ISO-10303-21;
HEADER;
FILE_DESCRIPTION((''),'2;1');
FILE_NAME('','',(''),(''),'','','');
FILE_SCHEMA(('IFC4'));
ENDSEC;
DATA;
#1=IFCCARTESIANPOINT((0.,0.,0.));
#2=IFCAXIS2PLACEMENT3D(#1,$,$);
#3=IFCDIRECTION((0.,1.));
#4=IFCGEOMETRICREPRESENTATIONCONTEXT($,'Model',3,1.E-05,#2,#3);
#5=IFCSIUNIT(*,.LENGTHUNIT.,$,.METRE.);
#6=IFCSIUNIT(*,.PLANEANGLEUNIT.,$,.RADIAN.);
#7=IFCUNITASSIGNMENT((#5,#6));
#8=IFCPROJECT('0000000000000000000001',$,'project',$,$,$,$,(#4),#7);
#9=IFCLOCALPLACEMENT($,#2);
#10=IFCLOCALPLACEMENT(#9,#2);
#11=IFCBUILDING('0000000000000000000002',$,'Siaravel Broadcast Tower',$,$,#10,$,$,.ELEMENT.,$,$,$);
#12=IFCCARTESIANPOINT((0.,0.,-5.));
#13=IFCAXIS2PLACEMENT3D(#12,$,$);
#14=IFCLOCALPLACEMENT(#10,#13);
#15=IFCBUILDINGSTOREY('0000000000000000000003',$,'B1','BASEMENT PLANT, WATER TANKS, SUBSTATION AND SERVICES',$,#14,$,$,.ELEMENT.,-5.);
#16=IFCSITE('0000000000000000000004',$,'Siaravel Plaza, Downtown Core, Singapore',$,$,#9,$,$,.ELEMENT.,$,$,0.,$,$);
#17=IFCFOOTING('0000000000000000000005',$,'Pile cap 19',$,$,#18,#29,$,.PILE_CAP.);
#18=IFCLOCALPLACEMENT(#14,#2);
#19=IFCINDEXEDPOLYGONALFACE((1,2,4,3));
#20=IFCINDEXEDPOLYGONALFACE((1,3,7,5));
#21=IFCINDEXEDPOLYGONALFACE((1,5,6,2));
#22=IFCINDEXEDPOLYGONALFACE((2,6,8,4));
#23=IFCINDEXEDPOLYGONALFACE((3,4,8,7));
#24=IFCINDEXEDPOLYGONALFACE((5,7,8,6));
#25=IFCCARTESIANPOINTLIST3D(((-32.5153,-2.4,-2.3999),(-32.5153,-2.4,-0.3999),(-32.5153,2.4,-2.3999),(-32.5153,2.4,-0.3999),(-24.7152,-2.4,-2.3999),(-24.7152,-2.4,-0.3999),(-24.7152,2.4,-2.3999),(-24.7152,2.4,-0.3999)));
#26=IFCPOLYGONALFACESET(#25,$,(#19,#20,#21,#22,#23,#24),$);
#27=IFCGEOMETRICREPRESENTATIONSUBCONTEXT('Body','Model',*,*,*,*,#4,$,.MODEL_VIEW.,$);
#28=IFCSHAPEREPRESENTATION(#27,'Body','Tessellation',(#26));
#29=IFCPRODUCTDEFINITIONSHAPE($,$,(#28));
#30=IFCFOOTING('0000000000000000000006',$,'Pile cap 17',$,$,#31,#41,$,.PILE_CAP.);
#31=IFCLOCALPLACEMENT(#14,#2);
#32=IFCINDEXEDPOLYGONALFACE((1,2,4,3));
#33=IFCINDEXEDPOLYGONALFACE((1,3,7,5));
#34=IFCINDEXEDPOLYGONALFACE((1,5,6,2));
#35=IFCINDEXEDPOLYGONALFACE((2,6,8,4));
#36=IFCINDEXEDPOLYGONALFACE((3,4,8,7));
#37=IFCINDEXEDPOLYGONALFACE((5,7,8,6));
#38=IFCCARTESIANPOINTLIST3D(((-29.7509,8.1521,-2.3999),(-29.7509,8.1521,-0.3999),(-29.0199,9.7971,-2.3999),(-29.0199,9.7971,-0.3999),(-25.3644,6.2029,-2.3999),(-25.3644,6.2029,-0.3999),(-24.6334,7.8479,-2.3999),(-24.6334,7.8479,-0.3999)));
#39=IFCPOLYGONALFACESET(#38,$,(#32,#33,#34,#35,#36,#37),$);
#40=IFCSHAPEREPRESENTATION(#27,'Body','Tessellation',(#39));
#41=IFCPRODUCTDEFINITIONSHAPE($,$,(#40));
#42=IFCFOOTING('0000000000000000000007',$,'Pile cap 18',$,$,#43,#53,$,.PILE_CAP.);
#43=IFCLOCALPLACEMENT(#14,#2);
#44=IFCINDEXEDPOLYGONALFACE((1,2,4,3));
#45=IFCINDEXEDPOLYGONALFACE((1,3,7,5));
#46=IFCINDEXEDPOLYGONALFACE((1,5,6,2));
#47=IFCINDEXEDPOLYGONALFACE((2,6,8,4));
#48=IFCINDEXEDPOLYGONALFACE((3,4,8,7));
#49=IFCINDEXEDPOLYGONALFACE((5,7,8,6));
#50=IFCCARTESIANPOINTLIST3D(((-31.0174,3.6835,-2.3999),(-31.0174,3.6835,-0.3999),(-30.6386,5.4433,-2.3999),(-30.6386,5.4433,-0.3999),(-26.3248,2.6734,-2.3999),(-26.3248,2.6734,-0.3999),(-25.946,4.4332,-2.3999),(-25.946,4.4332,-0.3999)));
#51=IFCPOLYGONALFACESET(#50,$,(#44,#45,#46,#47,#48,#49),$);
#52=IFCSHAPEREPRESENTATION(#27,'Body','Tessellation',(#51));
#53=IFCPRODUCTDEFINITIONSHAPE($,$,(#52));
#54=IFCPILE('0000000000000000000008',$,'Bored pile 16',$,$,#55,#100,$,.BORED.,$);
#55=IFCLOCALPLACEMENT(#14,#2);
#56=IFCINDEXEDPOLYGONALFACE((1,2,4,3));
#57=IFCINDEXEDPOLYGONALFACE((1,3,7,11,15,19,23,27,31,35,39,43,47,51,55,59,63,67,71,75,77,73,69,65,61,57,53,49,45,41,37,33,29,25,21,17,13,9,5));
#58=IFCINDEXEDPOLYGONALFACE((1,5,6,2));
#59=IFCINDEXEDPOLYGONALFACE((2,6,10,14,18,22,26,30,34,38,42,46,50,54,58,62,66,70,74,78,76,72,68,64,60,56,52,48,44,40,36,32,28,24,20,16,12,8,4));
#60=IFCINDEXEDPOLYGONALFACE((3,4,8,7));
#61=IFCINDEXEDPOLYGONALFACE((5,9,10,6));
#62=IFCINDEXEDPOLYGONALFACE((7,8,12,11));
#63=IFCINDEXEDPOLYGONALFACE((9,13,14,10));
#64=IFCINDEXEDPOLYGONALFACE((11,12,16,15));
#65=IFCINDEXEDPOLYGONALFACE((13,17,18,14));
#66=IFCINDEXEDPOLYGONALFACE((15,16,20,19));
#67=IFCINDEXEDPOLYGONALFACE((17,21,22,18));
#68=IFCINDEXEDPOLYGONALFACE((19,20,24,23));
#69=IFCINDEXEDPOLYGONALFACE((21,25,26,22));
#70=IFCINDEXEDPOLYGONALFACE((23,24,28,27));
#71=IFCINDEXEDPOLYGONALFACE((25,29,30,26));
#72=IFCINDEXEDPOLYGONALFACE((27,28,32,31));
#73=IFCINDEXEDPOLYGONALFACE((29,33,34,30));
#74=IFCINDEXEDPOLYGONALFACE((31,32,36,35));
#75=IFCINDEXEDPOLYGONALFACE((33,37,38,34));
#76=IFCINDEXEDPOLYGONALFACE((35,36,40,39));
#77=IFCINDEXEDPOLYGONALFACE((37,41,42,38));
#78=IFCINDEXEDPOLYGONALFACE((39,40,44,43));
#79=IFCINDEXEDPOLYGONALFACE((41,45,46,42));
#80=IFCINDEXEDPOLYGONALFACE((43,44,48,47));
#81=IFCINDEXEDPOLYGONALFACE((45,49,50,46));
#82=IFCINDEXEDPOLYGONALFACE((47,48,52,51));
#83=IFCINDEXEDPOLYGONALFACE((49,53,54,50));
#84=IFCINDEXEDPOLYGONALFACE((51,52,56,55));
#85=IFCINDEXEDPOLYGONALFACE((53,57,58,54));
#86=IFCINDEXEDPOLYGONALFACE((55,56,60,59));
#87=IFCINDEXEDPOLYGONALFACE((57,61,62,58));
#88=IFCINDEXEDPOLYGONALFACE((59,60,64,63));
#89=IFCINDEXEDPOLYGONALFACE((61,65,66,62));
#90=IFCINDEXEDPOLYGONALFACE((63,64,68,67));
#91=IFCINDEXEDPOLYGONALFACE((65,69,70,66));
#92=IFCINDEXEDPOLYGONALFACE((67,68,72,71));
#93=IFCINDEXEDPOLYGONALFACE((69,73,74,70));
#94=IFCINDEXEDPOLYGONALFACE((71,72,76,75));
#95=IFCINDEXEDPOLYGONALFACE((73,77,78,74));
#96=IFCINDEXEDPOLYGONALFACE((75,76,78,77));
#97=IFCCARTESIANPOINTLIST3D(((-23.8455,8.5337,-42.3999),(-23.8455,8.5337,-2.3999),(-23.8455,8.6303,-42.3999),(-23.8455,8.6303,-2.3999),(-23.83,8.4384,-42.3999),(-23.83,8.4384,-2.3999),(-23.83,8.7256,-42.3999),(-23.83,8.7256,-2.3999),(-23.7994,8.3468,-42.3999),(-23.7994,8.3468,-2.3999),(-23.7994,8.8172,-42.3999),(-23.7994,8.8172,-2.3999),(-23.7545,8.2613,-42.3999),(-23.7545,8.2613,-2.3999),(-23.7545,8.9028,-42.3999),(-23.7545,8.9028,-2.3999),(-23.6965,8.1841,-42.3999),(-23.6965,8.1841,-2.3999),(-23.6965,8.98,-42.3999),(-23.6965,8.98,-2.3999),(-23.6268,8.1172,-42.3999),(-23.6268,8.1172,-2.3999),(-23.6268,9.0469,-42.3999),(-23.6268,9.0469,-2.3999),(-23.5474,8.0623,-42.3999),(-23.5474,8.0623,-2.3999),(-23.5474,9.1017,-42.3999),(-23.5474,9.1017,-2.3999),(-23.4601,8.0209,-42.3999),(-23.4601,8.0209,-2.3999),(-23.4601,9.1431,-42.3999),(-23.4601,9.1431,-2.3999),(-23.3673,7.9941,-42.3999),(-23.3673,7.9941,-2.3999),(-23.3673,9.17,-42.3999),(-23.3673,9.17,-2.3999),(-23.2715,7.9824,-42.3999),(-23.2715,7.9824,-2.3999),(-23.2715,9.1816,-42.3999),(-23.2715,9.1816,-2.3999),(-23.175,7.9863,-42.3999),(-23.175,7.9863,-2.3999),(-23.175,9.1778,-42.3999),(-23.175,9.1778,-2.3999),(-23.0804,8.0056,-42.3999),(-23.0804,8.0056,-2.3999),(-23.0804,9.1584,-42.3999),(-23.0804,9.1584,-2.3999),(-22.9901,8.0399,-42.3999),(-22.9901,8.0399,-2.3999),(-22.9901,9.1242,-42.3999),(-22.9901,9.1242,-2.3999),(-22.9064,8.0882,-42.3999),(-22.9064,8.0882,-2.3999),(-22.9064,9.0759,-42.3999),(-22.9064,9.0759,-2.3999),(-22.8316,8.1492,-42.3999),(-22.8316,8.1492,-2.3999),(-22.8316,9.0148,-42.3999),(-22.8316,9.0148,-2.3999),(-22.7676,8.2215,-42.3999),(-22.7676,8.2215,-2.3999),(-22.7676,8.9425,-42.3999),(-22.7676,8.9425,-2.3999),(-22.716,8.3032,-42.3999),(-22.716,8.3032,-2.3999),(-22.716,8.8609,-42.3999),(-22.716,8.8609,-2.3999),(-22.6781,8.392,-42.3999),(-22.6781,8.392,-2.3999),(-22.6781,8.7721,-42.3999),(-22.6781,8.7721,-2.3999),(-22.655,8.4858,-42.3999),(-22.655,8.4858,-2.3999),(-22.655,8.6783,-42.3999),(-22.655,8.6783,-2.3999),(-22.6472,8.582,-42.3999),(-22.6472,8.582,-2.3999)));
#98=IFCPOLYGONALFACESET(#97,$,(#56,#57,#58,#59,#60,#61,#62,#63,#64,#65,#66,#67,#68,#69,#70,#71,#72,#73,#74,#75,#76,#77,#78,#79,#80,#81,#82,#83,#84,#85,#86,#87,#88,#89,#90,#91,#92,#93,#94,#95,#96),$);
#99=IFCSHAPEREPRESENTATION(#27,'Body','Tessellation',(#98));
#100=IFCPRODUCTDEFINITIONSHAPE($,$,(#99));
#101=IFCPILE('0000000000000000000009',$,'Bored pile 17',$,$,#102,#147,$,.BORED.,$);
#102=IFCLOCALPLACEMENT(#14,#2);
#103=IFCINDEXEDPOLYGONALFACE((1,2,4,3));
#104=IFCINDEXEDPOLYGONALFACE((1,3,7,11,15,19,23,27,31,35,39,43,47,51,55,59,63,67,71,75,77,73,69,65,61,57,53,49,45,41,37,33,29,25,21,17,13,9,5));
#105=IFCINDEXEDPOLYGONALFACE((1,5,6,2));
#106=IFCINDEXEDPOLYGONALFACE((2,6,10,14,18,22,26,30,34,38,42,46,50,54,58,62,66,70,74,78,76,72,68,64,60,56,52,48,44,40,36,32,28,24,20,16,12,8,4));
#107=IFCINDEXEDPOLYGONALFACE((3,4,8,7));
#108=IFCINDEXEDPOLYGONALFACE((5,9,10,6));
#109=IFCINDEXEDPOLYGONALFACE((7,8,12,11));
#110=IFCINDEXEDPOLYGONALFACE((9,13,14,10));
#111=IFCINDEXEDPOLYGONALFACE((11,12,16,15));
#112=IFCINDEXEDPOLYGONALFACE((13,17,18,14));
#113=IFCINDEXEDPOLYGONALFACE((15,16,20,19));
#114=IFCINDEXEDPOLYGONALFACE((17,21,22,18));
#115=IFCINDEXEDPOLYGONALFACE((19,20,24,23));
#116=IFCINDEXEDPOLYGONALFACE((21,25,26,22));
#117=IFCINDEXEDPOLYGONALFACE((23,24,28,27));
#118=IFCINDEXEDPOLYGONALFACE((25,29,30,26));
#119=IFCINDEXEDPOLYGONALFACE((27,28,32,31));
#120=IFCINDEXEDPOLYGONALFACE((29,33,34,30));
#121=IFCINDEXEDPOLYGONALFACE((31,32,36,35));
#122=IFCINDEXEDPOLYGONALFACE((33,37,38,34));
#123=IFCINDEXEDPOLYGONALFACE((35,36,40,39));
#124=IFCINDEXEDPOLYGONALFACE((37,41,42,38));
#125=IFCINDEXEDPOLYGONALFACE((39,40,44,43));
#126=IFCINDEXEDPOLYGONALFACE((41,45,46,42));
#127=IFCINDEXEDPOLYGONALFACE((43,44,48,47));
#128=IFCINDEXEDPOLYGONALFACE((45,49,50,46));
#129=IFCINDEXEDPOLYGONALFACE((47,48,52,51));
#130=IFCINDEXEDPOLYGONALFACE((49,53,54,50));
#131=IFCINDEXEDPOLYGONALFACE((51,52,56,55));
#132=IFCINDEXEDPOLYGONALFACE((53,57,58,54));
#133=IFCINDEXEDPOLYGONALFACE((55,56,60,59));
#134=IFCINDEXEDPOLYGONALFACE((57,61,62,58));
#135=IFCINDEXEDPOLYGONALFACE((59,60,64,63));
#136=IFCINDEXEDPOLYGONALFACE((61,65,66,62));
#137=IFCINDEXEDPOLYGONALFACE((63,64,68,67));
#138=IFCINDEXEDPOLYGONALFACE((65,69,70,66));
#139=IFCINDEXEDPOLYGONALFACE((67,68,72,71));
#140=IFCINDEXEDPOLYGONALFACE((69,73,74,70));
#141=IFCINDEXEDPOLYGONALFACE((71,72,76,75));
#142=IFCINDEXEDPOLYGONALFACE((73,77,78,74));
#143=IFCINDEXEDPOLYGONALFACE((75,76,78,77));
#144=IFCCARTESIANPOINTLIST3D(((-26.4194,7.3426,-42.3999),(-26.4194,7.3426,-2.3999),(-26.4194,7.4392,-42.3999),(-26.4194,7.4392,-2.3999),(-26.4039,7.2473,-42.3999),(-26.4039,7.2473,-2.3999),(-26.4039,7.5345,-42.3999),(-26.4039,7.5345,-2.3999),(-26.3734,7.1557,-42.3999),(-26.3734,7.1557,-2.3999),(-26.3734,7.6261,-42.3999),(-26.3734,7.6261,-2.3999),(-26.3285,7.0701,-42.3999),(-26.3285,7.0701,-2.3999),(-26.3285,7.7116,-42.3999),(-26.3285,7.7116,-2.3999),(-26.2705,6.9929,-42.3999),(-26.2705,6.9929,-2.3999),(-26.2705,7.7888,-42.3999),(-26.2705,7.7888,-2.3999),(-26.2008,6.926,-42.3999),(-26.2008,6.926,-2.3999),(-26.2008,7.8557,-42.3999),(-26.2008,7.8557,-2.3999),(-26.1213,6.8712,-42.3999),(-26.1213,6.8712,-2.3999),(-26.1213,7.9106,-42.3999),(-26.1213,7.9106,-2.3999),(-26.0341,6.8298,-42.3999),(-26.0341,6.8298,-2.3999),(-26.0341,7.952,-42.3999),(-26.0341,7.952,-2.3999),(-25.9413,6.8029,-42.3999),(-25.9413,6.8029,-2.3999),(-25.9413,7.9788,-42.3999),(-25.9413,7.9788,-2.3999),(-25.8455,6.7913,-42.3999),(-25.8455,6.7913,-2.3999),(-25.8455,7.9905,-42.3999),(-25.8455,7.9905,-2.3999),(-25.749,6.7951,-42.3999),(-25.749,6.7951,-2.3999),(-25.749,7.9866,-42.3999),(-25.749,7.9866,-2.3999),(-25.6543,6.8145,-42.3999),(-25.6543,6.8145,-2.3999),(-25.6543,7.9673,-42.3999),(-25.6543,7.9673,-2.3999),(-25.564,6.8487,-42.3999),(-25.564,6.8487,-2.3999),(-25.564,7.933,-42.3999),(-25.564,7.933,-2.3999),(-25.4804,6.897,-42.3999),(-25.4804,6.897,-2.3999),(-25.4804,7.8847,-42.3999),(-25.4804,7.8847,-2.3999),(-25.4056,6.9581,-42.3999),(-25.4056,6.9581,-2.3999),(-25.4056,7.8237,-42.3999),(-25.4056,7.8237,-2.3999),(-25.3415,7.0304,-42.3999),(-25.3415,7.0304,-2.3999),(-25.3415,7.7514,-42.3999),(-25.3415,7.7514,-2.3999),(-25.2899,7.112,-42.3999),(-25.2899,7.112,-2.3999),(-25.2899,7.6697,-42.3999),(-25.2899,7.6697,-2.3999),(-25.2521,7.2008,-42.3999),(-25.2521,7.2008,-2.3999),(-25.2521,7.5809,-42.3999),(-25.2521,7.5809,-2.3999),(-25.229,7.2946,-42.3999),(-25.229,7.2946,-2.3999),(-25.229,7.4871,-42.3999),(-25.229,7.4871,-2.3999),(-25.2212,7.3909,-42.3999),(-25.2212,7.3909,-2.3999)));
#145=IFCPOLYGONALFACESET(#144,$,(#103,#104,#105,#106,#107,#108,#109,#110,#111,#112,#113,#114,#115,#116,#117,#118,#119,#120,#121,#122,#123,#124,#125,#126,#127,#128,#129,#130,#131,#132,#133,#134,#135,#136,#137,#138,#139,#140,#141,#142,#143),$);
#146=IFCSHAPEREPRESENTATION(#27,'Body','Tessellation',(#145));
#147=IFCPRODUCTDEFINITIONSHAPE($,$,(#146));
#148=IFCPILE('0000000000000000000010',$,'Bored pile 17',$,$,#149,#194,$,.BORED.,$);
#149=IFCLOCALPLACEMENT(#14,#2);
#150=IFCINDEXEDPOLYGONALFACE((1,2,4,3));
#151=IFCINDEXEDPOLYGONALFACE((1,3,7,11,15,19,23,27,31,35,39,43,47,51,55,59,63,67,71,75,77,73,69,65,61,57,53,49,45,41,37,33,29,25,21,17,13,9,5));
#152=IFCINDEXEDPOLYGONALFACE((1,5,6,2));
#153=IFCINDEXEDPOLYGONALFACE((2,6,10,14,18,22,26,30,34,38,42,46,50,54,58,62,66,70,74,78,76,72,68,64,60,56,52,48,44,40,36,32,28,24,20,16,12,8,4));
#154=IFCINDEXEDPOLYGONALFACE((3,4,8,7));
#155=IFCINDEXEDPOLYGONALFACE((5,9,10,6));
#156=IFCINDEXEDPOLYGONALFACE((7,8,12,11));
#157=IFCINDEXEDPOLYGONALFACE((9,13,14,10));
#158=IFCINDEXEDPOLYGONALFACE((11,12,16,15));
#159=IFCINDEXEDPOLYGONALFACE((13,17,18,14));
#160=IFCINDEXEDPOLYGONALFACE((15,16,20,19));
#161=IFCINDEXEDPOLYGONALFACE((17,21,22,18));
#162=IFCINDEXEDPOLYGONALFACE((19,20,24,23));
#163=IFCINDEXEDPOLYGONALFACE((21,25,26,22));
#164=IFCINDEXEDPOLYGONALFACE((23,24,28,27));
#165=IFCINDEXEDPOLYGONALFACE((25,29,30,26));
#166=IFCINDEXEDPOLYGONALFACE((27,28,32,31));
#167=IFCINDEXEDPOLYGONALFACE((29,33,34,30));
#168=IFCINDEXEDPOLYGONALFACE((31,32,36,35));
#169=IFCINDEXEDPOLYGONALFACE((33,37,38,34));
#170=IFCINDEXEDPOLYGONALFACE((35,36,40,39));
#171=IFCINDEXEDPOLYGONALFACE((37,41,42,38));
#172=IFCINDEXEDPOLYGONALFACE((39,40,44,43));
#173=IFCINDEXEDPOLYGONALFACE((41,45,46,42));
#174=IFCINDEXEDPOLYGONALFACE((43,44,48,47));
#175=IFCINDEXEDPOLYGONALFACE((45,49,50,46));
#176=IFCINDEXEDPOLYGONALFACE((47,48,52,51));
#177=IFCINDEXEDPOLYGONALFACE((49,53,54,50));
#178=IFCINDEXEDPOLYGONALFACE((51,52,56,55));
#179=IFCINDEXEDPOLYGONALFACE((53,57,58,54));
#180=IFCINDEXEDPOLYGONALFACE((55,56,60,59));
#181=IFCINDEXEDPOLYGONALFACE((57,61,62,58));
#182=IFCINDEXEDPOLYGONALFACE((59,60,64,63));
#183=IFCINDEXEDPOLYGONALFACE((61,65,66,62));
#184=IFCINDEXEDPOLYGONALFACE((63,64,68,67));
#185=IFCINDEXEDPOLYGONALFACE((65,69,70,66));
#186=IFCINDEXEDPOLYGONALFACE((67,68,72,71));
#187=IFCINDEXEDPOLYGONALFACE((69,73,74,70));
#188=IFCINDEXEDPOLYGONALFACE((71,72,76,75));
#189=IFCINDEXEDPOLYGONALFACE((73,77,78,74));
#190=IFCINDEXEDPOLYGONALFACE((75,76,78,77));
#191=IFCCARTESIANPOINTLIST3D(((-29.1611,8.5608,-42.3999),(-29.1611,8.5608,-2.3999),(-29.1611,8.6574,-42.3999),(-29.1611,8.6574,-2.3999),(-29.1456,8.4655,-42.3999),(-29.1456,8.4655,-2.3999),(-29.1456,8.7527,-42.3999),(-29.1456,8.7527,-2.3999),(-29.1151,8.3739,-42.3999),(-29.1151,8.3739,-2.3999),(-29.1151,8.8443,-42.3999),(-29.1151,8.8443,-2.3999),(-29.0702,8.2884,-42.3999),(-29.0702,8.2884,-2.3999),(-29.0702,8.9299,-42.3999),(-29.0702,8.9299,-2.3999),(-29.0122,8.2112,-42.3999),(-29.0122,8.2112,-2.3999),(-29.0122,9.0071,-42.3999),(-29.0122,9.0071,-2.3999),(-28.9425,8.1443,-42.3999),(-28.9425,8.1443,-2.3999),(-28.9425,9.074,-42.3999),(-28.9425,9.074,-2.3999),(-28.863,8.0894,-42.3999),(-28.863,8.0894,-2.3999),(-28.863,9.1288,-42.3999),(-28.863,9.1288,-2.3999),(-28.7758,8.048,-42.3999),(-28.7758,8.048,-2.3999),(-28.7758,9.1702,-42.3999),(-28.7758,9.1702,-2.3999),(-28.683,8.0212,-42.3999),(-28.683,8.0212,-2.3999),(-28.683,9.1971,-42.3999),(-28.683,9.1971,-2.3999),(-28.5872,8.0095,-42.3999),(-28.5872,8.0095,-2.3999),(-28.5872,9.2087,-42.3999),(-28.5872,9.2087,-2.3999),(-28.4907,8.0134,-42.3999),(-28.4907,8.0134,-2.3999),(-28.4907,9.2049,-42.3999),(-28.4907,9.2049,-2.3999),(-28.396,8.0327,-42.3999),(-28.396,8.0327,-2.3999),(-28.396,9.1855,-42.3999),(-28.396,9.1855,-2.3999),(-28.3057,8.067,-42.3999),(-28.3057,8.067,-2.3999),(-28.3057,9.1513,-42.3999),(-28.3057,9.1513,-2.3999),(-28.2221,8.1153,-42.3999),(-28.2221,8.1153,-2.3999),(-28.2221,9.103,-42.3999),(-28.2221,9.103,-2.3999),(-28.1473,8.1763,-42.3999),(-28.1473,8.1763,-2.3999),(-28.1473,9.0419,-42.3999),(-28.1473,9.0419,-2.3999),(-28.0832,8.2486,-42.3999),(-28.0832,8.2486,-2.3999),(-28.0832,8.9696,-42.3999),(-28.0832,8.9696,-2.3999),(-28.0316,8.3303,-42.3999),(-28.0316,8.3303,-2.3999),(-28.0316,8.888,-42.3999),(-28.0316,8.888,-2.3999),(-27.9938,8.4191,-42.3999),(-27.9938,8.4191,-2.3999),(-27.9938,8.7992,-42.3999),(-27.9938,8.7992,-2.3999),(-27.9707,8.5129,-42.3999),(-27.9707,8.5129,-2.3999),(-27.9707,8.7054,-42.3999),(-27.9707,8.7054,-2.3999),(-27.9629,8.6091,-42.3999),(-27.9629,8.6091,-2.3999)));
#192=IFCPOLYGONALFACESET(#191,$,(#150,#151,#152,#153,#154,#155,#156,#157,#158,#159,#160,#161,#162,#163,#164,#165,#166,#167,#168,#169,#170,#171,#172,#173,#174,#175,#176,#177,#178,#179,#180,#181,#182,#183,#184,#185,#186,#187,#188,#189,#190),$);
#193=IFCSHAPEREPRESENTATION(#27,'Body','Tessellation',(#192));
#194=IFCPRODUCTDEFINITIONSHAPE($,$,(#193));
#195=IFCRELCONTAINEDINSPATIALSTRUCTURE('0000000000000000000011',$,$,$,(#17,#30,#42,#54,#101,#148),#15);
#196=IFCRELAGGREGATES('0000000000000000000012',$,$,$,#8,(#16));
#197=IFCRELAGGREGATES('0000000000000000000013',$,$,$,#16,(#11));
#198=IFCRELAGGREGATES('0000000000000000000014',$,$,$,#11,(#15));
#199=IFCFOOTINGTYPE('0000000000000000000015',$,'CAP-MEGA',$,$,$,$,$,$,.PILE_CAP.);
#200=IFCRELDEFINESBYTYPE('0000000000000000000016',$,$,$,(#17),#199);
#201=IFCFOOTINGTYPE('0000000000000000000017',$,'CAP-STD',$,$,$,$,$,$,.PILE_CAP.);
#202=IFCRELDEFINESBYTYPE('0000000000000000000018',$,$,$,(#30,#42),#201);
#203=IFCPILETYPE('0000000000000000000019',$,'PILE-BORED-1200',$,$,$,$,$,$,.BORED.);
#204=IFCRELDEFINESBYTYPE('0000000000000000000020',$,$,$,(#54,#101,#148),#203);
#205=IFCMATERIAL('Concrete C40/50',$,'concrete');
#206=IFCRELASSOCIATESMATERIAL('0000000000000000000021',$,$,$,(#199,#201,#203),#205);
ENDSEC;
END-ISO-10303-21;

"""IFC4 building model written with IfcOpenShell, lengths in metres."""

from ifc_helpers import new_model, si_unit, direction, frame, origin, origin_2d, place, context, subcontext, project, spatial, rectangle, circle, extrude, material, material_profile, profile_set, type_object, element, save


model = new_model("IFC4")

# Units and contexts
model_context = context("Model", 3, precision=1e-05, world=origin(), true_north=direction((0.0, 1.0)))
body_context = subcontext(model_context, "Body", "Model", "MODEL_VIEW")
ifc_project = project(units=[si_unit("LENGTHUNIT", "METRE"), si_unit("PLANEANGLEUNIT", "RADIAN")], contexts=[model_context])

# Site, building, storey
site_placement = place(None, origin())
site = spatial("IfcSite", under=ifc_project, at=site_placement, Name="Siaravel Plaza, Downtown Core, Singapore", CompositionType="ELEMENT", RefElevation=0.0)
building_placement = place(site_placement, origin())
building = spatial("IfcBuilding", under=site, at=building_placement, Name="Siaravel Broadcast Tower", CompositionType="ELEMENT")
storey_placement = place(building_placement, frame((0.0, 0.0, -5.0)))
storey = spatial("IfcBuildingStorey", under=building, at=storey_placement, Name="B1", Description="BASEMENT PLANT, WATER TANKS, SUBSTATION AND SERVICES", CompositionType="ELEMENT", Elevation=-5.0)

# Footings
ifc_material_1 = material(Name="Concrete C40/50", Category="concrete")
footing_type_1 = type_object("IfcFootingType", Name="CAP-MEGA", PredefinedType="PILE_CAP", material=ifc_material_1)
footing_placement = place(storey_placement, frame((-28.6152, 0.0, -2.3999), z_axis=(0.0, 0.0, 1.0), x_axis=(-1.0, 0.0, 0.0)))
element("IfcFooting", 1, at=footing_placement, inside=storey, type_object=footing_type_1, Name="Pile cap 19", PredefinedType="PILE_CAP", context=body_context, shape_type="SweptSolid", body=[
    extrude(rectangle(XDim=7.8, YDim=4.8, at=origin_2d()), origin(), (0.0, 0.0, 1.0), 2.0),
])
footing_type_2 = type_object("IfcFootingType", Name="CAP-STD", PredefinedType="PILE_CAP", material=ifc_material_1)
for number, where, z_axis, x_axis, name in (
    (2, (-27.1921, 8.0, -2.3999), (0.0, 0.0, 1.0), (-0.913843, 0.406067, 0.0), "Pile cap 17"),
    (3, (-28.4817, 4.0583, -2.3999), (0.0, 0.0, 1.0), (-0.977607, 0.210438, 0.0), "Pile cap 18"),
):
    element("IfcFooting", number, at=place(storey_placement, frame(where, z_axis=z_axis, x_axis=x_axis)), inside=storey, type_object=footing_type_2, Name=name, PredefinedType="PILE_CAP", context=body_context, shape_type="SweptSolid", body=[
        extrude(rectangle(XDim=4.8, YDim=1.8, at=origin_2d()), origin(), (0.0, 0.0, 1.0), 2.0),
    ])

# Piles
ifc_material_profile_1 = material_profile(ifc_material_1, circle(Radius=0.6001, at=origin_2d()))
ifc_profile_set_1 = profile_set([ifc_material_profile_1], Name="Concrete C40/50")
pile_type_1 = type_object("IfcPileType", Name="PILE-BORED-1200", PredefinedType="BORED", material=ifc_profile_set_1)
for number, where, z_axis, x_axis, name in (
    (4, (-23.2473, 8.582, -2.3999), (0.0, 0.0, -1.0), (1.0, 0.0, 0.0), "Bored pile 16"),
    (5, (-25.8213, 7.3909, -2.3999), (0.0, 0.0, -1.0), (1.0, 0.0, 0.0), "Bored pile 17"),
    (6, (-28.563, 8.6091, -2.3999), (0.0, 0.0, -1.0), (1.0, 0.0, 0.0), "Bored pile 17"),
):
    element("IfcPile", number, at=place(storey_placement, frame(where, z_axis=z_axis, x_axis=x_axis)), inside=storey, type_object=pile_type_1, Name=name, PredefinedType="BORED", context=body_context, shape_type="SweptSolid", body=[
        extrude(circle(Radius=0.6001, at=origin_2d()), origin(), (0.0, 0.0, 1.0), 40.0),
    ])

save(model, "model.ifc")
